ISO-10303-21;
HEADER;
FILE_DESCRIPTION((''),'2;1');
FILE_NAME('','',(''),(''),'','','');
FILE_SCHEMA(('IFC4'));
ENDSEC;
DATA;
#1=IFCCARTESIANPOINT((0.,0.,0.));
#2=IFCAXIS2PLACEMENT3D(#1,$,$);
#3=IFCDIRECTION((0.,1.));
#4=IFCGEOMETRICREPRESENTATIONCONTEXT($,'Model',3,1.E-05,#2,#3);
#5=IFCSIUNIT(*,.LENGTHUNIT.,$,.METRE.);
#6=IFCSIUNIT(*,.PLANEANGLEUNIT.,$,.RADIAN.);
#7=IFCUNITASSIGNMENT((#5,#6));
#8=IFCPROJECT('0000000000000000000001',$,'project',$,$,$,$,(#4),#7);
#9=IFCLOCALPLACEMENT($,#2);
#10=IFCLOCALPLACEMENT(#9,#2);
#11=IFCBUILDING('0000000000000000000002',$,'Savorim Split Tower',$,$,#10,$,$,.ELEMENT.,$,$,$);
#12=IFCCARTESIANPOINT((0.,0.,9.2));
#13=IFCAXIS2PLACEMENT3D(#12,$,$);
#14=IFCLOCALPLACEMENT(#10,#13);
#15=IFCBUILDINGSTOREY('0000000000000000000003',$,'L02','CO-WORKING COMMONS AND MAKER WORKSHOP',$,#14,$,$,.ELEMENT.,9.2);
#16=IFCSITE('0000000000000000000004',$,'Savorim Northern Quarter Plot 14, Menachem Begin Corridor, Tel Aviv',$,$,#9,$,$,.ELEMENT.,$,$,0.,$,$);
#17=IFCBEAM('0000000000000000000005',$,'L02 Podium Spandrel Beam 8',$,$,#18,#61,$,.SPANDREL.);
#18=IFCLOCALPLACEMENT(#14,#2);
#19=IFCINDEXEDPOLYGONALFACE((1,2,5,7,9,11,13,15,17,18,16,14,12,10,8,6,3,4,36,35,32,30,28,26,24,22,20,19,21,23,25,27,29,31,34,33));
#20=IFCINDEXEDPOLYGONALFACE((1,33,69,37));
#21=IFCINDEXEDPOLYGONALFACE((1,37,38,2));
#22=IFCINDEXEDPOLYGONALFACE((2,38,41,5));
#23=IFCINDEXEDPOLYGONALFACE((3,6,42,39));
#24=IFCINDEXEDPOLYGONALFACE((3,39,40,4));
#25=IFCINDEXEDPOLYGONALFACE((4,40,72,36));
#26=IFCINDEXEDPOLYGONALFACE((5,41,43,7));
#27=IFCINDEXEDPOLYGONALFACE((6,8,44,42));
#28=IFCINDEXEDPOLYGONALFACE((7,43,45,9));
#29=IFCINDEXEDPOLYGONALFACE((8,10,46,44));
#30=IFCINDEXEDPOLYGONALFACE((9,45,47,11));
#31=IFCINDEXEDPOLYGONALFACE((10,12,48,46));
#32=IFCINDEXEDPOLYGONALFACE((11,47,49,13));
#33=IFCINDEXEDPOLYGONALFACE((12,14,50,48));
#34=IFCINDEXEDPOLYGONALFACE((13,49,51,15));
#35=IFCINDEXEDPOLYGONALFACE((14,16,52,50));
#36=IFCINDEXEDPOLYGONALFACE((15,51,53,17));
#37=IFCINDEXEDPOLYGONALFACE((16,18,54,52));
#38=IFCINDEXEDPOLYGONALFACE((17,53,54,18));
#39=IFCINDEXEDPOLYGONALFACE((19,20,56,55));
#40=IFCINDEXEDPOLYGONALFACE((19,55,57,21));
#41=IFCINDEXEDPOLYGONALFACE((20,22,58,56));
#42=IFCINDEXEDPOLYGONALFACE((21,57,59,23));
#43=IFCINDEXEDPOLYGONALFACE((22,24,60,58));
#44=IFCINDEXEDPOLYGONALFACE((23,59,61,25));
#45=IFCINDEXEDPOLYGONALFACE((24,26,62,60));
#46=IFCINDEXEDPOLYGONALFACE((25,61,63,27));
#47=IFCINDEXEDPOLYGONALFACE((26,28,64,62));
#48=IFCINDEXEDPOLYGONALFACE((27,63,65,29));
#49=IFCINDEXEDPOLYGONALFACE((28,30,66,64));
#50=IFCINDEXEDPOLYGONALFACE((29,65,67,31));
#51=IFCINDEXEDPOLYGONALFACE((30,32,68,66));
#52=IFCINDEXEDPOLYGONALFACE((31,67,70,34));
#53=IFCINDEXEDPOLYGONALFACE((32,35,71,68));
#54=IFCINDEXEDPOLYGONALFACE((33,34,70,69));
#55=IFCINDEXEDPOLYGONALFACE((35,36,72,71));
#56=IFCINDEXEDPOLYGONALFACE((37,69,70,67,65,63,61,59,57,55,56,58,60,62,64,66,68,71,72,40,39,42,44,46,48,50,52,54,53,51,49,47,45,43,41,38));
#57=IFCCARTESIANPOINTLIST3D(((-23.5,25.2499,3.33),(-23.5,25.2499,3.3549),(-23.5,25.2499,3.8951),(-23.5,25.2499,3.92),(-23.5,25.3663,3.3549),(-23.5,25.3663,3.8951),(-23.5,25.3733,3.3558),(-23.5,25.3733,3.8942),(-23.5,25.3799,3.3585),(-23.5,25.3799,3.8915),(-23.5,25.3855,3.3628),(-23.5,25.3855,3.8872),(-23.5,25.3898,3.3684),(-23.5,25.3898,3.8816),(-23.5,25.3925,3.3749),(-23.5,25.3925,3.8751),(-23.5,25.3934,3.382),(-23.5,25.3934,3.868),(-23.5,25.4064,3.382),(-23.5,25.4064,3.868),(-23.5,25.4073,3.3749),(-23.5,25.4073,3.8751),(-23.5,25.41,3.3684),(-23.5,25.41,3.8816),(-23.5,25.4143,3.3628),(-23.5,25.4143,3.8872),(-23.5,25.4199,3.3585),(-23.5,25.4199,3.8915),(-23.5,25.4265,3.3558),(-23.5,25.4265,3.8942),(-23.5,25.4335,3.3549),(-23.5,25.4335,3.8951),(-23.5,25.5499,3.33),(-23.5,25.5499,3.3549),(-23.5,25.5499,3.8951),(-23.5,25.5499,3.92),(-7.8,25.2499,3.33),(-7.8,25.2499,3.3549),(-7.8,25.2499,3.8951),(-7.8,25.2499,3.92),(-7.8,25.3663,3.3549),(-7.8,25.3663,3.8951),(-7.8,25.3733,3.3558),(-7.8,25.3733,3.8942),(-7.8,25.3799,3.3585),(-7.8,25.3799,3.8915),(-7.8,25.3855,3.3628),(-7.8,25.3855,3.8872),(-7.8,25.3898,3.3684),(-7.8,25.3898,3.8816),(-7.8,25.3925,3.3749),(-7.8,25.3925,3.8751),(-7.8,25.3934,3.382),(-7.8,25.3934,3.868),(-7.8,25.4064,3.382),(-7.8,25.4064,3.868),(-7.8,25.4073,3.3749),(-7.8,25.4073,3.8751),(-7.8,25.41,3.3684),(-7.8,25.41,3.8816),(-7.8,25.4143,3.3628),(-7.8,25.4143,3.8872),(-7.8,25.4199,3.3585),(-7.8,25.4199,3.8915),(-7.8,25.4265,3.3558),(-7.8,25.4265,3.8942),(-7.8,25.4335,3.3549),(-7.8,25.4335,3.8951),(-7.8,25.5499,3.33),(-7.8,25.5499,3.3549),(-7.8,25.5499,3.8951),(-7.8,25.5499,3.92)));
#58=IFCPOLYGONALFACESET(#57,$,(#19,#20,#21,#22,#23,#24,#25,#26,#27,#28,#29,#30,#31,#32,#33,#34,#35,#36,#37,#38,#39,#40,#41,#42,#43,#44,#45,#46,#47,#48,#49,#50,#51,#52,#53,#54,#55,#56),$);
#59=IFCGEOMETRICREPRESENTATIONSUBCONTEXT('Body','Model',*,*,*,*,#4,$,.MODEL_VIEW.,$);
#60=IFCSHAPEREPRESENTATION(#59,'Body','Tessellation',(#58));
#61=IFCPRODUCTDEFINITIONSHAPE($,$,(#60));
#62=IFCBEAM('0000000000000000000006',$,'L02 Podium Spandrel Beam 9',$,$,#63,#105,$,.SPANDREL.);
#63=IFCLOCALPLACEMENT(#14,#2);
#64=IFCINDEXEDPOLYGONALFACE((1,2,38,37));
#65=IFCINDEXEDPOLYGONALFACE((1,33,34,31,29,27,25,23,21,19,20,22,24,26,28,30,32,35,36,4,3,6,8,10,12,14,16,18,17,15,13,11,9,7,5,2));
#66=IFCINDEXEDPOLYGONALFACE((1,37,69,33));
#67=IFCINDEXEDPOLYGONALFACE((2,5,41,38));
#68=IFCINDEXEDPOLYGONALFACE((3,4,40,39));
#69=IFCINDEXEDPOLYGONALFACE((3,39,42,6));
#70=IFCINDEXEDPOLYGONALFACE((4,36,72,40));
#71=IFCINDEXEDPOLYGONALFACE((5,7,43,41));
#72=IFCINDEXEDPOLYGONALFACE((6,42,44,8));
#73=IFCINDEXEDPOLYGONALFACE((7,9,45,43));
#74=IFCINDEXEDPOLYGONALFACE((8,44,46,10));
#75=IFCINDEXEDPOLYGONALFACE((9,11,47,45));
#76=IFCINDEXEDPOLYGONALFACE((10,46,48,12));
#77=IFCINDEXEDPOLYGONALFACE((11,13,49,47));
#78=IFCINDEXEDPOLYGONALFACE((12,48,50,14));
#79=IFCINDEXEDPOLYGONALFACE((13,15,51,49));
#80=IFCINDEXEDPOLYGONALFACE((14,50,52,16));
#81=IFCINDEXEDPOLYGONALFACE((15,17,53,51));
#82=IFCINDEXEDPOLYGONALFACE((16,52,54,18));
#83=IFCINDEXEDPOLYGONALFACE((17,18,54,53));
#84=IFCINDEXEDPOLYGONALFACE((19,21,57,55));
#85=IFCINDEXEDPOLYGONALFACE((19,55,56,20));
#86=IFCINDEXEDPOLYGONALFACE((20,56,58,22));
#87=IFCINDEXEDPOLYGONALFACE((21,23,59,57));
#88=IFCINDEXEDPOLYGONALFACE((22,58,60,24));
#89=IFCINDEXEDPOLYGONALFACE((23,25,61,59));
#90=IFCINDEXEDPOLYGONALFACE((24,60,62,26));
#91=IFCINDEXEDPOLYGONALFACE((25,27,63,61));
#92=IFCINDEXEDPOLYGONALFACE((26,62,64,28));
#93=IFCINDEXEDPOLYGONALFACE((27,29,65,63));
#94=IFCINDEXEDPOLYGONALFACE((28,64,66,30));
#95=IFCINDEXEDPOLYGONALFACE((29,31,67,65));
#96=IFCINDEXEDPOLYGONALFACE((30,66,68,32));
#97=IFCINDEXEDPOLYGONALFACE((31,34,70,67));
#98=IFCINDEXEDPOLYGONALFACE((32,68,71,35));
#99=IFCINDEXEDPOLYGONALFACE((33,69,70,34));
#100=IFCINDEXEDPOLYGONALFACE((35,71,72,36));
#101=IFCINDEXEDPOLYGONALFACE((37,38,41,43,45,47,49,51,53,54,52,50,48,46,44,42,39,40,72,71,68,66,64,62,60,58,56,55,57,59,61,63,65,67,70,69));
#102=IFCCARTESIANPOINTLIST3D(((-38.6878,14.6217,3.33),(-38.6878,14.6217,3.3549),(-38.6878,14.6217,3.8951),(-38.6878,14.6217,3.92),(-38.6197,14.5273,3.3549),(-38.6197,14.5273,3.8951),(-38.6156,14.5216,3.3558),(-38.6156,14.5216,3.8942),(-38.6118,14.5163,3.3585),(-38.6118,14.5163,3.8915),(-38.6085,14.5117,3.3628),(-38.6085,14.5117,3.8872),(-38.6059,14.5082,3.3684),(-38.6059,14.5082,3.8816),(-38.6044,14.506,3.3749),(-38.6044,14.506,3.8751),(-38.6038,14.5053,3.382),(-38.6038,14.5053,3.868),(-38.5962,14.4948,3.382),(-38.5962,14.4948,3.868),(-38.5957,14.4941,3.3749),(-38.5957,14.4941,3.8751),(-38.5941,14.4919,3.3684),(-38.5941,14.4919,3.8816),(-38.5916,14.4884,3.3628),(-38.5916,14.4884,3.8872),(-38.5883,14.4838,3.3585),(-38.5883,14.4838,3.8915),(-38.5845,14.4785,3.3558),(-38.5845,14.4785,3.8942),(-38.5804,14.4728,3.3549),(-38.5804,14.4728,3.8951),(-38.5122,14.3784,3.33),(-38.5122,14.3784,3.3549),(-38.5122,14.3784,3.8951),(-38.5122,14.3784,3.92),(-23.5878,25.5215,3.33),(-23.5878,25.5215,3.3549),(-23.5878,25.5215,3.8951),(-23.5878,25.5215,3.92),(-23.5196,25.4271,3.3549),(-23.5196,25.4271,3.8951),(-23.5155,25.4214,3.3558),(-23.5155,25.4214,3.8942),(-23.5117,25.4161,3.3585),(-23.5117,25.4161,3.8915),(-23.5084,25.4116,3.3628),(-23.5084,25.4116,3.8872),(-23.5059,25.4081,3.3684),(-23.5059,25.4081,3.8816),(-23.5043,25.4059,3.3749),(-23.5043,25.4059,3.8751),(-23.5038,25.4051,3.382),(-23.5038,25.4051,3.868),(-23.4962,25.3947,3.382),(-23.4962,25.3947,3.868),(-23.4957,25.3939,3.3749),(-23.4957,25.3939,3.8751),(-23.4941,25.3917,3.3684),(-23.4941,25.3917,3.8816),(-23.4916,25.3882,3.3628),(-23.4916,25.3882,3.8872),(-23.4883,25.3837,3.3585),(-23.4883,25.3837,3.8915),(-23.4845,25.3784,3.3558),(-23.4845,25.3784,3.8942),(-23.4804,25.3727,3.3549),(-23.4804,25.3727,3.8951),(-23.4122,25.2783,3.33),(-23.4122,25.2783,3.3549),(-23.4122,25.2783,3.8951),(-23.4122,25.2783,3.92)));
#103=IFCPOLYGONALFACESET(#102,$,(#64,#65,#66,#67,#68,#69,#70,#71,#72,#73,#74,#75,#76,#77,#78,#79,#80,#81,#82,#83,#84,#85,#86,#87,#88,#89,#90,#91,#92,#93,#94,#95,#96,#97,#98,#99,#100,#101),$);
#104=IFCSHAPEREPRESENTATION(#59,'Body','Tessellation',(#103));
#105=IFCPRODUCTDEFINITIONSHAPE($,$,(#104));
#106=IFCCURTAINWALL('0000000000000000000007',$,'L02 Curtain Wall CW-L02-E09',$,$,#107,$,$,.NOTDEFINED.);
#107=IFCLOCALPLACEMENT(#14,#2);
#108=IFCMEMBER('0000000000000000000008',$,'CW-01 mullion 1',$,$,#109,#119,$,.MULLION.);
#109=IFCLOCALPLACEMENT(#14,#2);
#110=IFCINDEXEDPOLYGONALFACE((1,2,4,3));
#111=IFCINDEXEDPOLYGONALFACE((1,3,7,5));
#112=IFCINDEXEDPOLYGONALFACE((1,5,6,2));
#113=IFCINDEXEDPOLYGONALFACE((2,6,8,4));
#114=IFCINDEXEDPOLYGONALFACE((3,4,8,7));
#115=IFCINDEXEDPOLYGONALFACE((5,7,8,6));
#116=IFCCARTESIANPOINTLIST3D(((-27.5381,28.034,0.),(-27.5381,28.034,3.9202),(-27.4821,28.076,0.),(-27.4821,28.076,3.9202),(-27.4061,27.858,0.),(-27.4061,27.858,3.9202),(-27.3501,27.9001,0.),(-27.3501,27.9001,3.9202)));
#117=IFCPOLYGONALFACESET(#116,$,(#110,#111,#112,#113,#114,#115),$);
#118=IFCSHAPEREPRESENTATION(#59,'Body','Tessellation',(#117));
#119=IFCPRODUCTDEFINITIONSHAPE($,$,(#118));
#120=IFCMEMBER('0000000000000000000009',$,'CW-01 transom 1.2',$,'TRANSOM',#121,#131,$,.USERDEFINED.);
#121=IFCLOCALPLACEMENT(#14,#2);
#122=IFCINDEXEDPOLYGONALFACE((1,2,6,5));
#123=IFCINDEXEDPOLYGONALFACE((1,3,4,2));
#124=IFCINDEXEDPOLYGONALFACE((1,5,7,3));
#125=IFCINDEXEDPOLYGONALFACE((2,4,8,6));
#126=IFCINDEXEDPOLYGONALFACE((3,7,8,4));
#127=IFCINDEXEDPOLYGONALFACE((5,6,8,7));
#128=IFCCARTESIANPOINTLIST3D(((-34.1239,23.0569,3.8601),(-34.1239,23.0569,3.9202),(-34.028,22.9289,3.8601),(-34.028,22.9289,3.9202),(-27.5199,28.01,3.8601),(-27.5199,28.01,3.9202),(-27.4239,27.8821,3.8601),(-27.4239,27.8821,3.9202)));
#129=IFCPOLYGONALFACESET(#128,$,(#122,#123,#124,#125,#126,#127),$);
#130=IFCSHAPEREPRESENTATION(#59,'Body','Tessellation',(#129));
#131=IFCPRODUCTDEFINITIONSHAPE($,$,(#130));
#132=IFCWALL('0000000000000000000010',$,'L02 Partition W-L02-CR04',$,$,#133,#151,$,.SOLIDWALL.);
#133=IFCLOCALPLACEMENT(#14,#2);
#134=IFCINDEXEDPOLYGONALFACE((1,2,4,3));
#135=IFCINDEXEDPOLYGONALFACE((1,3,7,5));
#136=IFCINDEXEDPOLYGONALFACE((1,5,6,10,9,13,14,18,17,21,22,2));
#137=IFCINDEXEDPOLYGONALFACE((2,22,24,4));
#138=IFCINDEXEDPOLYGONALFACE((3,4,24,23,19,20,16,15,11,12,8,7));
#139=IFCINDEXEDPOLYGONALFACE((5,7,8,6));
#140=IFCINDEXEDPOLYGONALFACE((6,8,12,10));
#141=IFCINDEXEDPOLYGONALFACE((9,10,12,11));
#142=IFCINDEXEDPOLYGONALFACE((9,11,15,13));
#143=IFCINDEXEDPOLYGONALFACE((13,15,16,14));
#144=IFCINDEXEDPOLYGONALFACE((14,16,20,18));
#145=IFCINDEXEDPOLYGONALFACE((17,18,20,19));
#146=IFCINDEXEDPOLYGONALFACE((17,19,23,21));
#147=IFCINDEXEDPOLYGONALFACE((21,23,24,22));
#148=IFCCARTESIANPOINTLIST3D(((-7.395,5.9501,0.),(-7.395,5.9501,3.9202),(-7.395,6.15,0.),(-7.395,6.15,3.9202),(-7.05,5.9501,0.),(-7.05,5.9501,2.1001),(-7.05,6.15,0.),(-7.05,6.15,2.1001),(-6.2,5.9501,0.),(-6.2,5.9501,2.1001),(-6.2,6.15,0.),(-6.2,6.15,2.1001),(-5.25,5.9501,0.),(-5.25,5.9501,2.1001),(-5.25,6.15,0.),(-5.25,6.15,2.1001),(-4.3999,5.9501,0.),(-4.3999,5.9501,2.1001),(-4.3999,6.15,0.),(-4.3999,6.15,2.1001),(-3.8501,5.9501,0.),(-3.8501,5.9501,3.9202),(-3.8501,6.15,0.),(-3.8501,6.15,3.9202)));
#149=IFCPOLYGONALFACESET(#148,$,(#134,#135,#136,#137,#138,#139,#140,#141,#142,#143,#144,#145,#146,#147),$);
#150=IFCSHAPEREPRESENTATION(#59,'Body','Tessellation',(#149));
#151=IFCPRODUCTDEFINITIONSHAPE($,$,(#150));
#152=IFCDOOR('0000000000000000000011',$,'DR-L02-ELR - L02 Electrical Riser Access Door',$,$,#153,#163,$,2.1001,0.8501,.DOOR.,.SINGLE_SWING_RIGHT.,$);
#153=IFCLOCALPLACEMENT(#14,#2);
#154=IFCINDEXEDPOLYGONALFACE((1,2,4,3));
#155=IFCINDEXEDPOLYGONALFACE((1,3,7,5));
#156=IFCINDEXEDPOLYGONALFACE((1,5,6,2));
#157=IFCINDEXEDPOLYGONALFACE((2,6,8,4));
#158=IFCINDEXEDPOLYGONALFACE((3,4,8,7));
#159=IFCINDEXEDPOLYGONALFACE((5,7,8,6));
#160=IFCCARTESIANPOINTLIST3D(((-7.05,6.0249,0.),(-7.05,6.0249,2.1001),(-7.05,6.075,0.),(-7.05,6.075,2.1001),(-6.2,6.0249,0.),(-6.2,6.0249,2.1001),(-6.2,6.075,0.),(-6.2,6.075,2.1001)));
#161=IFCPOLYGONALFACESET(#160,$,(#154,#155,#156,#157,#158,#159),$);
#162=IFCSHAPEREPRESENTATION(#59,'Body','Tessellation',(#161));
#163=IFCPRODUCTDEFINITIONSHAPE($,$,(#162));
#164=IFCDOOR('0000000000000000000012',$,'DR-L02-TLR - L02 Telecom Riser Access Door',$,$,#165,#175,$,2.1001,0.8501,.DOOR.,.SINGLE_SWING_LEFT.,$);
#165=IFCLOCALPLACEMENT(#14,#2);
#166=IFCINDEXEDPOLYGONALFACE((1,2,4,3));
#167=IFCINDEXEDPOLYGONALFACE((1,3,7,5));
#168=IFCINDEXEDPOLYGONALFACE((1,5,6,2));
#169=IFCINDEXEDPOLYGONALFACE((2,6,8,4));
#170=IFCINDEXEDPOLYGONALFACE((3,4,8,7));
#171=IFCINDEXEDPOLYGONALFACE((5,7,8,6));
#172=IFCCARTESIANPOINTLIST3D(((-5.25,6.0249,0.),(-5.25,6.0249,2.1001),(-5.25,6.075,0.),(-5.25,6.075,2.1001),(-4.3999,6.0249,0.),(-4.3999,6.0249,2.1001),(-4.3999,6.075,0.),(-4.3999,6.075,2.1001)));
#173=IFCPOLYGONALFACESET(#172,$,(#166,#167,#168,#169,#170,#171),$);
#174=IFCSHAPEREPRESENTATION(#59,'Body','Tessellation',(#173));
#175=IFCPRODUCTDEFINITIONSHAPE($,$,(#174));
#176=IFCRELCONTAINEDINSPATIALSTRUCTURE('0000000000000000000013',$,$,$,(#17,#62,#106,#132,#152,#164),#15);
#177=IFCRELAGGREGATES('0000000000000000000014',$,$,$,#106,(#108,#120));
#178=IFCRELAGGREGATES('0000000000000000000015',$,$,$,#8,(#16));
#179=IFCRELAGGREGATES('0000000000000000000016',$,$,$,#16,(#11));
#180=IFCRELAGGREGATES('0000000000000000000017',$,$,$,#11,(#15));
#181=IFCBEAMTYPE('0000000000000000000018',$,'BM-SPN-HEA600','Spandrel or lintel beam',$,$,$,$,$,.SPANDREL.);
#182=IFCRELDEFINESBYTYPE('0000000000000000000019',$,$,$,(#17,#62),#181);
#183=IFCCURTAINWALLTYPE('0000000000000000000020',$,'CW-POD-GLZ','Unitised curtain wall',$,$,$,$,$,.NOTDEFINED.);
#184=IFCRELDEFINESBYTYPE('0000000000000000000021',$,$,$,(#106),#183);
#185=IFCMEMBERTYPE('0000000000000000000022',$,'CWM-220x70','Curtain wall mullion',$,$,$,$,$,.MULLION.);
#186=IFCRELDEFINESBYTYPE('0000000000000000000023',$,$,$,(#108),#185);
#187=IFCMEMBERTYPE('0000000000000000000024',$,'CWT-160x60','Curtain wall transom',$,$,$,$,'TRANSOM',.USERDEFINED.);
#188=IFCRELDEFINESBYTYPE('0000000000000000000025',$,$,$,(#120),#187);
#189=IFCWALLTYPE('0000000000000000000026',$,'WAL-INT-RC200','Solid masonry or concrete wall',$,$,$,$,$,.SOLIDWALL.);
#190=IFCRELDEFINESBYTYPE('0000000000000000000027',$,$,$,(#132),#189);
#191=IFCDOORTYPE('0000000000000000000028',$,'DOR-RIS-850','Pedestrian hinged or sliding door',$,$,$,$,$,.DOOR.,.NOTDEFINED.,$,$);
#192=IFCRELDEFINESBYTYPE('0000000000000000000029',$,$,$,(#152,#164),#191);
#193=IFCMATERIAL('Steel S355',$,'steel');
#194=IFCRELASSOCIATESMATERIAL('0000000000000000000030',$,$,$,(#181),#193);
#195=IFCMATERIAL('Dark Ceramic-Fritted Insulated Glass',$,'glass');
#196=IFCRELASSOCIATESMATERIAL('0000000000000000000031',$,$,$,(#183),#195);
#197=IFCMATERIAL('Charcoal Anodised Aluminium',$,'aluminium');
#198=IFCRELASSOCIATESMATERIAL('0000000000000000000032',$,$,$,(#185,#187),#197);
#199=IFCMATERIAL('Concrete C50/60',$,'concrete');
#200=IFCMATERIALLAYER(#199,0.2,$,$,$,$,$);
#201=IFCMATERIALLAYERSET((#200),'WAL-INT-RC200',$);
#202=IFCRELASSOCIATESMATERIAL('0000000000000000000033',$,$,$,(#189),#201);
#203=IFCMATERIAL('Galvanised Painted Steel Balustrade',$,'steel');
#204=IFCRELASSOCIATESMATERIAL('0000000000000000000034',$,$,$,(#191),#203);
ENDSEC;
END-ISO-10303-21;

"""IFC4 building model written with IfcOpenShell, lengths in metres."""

from ifc_helpers import new_model, si_unit, direction, frame, frame_2d, origin, origin_2d, place, context, subcontext, project, spatial, rectangle, i_section, extrude, material, layer, layer_set, material_profile, profile_set, type_object, element, fill, aggregate, save


model = new_model("IFC4")

# Units and contexts
model_context = context("Model", 3, precision=1e-05, world=origin(), true_north=direction((0.0, 1.0)))
body_context = subcontext(model_context, "Body", "Model", "MODEL_VIEW")
ifc_project = project(units=[si_unit("LENGTHUNIT", "METRE"), si_unit("PLANEANGLEUNIT", "RADIAN")], contexts=[model_context])

# Site, building, storey
site_placement = place(None, origin())
site = spatial("IfcSite", under=ifc_project, at=site_placement, Name="Savorim Northern Quarter Plot 14, Menachem Begin Corridor, Tel Aviv", CompositionType="ELEMENT", RefElevation=0.0)
building_placement = place(site_placement, origin())
building = spatial("IfcBuilding", under=site, at=building_placement, Name="Savorim Split Tower", CompositionType="ELEMENT")
storey_placement = place(building_placement, frame((0.0, 0.0, 9.2)))
storey = spatial("IfcBuildingStorey", under=building, at=storey_placement, Name="L02", Description="CO-WORKING COMMONS AND MAKER WORKSHOP", CompositionType="ELEMENT", Elevation=9.2)

# Beams
ifc_material_1 = material(Name="Steel S355", Category="steel")
ifc_material_profile_1 = material_profile(ifc_material_1, i_section(OverallWidth=0.3, OverallDepth=0.5901, WebThickness=0.0129, FlangeThickness=0.0249, FilletRadius=0.0271, at=origin_2d()), Name="HEA 600")
ifc_profile_set_1 = profile_set([ifc_material_profile_1], Name="Steel S355")
beam_type_1 = type_object("IfcBeamType", Name="BM-SPN-HEA600", Description="Spandrel or lintel beam", PredefinedType="SPANDREL", material=ifc_profile_set_1)
beam_1_placement = place(storey_placement, frame((-7.8, 25.3999, 3.625), z_axis=(-1.0, 0.0, 0.0), x_axis=(0.0, -1.0, 0.0)))
element("IfcBeam", 1, at=beam_1_placement, inside=storey, type_object=beam_type_1, Name="L02 Podium Spandrel Beam 8", PredefinedType="SPANDREL", context=body_context, shape_type="SweptSolid", body=[
    extrude(i_section(OverallWidth=0.3, OverallDepth=0.5901, WebThickness=0.0129, FlangeThickness=0.0249, FilletRadius=0.0271, at=origin_2d()), origin(), (0.0, 0.0, 1.0), 15.7),
])
beam_2_placement = place(storey_placement, frame((-23.5, 25.3999, 3.625), z_axis=(-0.810825, -0.585289, 0.0), x_axis=(0.585289, -0.810825, 0.0)))
element("IfcBeam", 2, at=beam_2_placement, inside=storey, type_object=beam_type_1, Name="L02 Podium Spandrel Beam 9", PredefinedType="SPANDREL", context=body_context, shape_type="SweptSolid", body=[
    extrude(i_section(OverallWidth=0.3, OverallDepth=0.5901, WebThickness=0.0129, FlangeThickness=0.0249, FilletRadius=0.0271, at=origin_2d()), origin(), (0.0, 0.0, 1.0), 18.623),
])

# Curtain wall, members
ifc_material_2 = material(Name="Dark Ceramic-Fritted Insulated Glass", Category="glass")
curtain_wall_type = type_object("IfcCurtainWallType", Name="CW-POD-GLZ", Description="Unitised curtain wall", PredefinedType="NOTDEFINED", material=ifc_material_2)
curtain_wall_placement = place(storey_placement, origin())
curtain_wall = element("IfcCurtainWall", 3, at=curtain_wall_placement, inside=storey, type_object=curtain_wall_type, Name="L02 Curtain Wall CW-L02-E09", PredefinedType="NOTDEFINED")
ifc_material_3 = material(Name="Charcoal Anodised Aluminium", Category="aluminium")
ifc_material_profile_2 = material_profile(ifc_material_3, rectangle(XDim=0.22, YDim=0.0701, at=origin_2d()), Name="ALU-M 220x70")
ifc_profile_set_2 = profile_set([ifc_material_profile_2], Name="Charcoal Anodised Aluminium")
member_type_1 = type_object("IfcMemberType", Name="CWM-220x70", Description="Curtain wall mullion", PredefinedType="MULLION", material=ifc_profile_set_2)
member_1_placement = place(storey_placement, frame((-27.4441, 27.967, 0.0), z_axis=(0.0, 0.0, 1.0), x_axis=(0.6, -0.8, 0.0)))
member_1 = element("IfcMember", 4, at=member_1_placement, type_object=member_type_1, Name="CW-01 mullion 1", PredefinedType="MULLION", context=body_context, shape_type="SweptSolid", body=[
    extrude(rectangle(XDim=0.22, YDim=0.0701, at=origin_2d()), origin(), (0.0, 0.0, 1.0), 3.9202),
])
ifc_material_profile_3 = material_profile(ifc_material_3, rectangle(XDim=0.1599, YDim=0.0601, at=origin_2d()), Name="ALU-T 160x60")
ifc_profile_set_3 = profile_set([ifc_material_profile_3], Name="Charcoal Anodised Aluminium")
member_type_2 = type_object("IfcMemberType", Name="CWT-160x60", Description="Curtain wall transom", ElementType="TRANSOM", PredefinedType="USERDEFINED", material=ifc_profile_set_3)
member_2_placement = place(storey_placement, frame((-27.4719, 27.946, 3.8901), z_axis=(-0.799993, -0.600009, 0.0), x_axis=(0.600009, -0.799993, 0.0)))
member_2 = element("IfcMember", 5, at=member_2_placement, type_object=member_type_2, Name="CW-01 transom 1.2", ObjectType="TRANSOM", PredefinedType="USERDEFINED", context=body_context, shape_type="SweptSolid", body=[
    extrude(rectangle(XDim=0.1599, YDim=0.0601, at=origin_2d()), origin(), (0.0, 0.0, 1.0), 8.2551),
])
aggregate(curtain_wall, [member_1, member_2])

# Wall, openings, doors
ifc_material_4 = material(Name="Concrete C50/60", Category="concrete")
ifc_layer_1 = layer(ifc_material_4, 0.2)
ifc_layer_set_1 = layer_set([ifc_layer_1], Name="WAL-INT-RC200")
wall_type_1 = type_object("IfcWallType", Name="WAL-INT-RC200", Description="Solid masonry or concrete wall", PredefinedType="SOLIDWALL", material=ifc_layer_set_1)
wall_1_placement = place(storey_placement, frame((-7.395, 6.05, 0.0), z_axis=(0.0, 0.0, 1.0), x_axis=(1.0, 0.0, 0.0)))
wall_1 = element("IfcWall", 6, at=wall_1_placement, inside=storey, type_object=wall_type_1, Name="L02 Partition W-L02-CR04", PredefinedType="SOLIDWALL", context=body_context, shape_type="SweptSolid", body=[
    extrude(rectangle(XDim=3.5449, YDim=0.2, at=frame_2d((1.7725, 0.0))), origin(), (0.0, 0.0, 1.0), 3.9202),
])
opening_1_placement = place(wall_1_placement, frame((0.345, 0.0, 0.0)))
opening_1 = element("IfcOpeningElement", 7, at=opening_1_placement, cuts=wall_1, PredefinedType="OPENING", context=body_context, shape_type="SweptSolid", body=[
    extrude(rectangle(XDim=0.8501, YDim=2.1001, at=frame_2d((0.425, 1.05))), frame((0.0, 0.1099, 0.0), z_axis=(0.0, -1.0, 0.0), x_axis=(1.0, 0.0, 0.0)), (0.0, 0.0, 1.0), 0.22),
])
opening_2_placement = place(wall_1_placement, frame((2.145, 0.0, 0.0)))
opening_2 = element("IfcOpeningElement", 8, at=opening_2_placement, cuts=wall_1, PredefinedType="OPENING", context=body_context, shape_type="SweptSolid", body=[
    extrude(rectangle(XDim=0.8501, YDim=2.1001, at=frame_2d((0.425, 1.05))), frame((0.0, 0.1099, 0.0), z_axis=(0.0, -1.0, 0.0), x_axis=(1.0, 0.0, 0.0)), (0.0, 0.0, 1.0), 0.22),
])
ifc_material_5 = material(Name="Galvanised Painted Steel Balustrade", Category="steel")
door_type_1 = type_object("IfcDoorType", Name="DOR-RIS-850", Description="Pedestrian hinged or sliding door", OperationType="NOTDEFINED", PredefinedType="DOOR", material=ifc_material_5)
door_1_placement = place(opening_1_placement, origin())
door_1 = element("IfcDoor", 9, at=door_1_placement, inside=storey, type_object=door_type_1, Name="DR-L02-ELR - L02 Electrical Riser Access Door", OperationType="SINGLE_SWING_RIGHT", OverallHeight=2.1001, OverallWidth=0.8501, PredefinedType="DOOR", context=body_context, shape_type="SweptSolid", body=[
    extrude(rectangle(XDim=0.8501, YDim=2.1001, at=frame_2d((0.425, 1.05))), frame((0.0, 0.0249, 0.0), z_axis=(0.0, -1.0, 0.0), x_axis=(1.0, 0.0, 0.0)), (0.0, 0.0, 1.0), 0.05),
])
fill(opening_1, door_1)
door_2_placement = place(opening_2_placement, origin())
door_2 = element("IfcDoor", 10, at=door_2_placement, inside=storey, type_object=door_type_1, Name="DR-L02-TLR - L02 Telecom Riser Access Door", OperationType="SINGLE_SWING_LEFT", OverallHeight=2.1001, OverallWidth=0.8501, PredefinedType="DOOR", context=body_context, shape_type="SweptSolid", body=[
    extrude(rectangle(XDim=0.8501, YDim=2.1001, at=frame_2d((0.425, 1.05))), frame((0.0, 0.0249, 0.0), z_axis=(0.0, -1.0, 0.0), x_axis=(1.0, 0.0, 0.0)), (0.0, 0.0, 1.0), 0.05),
])
fill(opening_2, door_2)

save(model, "model.ifc")
